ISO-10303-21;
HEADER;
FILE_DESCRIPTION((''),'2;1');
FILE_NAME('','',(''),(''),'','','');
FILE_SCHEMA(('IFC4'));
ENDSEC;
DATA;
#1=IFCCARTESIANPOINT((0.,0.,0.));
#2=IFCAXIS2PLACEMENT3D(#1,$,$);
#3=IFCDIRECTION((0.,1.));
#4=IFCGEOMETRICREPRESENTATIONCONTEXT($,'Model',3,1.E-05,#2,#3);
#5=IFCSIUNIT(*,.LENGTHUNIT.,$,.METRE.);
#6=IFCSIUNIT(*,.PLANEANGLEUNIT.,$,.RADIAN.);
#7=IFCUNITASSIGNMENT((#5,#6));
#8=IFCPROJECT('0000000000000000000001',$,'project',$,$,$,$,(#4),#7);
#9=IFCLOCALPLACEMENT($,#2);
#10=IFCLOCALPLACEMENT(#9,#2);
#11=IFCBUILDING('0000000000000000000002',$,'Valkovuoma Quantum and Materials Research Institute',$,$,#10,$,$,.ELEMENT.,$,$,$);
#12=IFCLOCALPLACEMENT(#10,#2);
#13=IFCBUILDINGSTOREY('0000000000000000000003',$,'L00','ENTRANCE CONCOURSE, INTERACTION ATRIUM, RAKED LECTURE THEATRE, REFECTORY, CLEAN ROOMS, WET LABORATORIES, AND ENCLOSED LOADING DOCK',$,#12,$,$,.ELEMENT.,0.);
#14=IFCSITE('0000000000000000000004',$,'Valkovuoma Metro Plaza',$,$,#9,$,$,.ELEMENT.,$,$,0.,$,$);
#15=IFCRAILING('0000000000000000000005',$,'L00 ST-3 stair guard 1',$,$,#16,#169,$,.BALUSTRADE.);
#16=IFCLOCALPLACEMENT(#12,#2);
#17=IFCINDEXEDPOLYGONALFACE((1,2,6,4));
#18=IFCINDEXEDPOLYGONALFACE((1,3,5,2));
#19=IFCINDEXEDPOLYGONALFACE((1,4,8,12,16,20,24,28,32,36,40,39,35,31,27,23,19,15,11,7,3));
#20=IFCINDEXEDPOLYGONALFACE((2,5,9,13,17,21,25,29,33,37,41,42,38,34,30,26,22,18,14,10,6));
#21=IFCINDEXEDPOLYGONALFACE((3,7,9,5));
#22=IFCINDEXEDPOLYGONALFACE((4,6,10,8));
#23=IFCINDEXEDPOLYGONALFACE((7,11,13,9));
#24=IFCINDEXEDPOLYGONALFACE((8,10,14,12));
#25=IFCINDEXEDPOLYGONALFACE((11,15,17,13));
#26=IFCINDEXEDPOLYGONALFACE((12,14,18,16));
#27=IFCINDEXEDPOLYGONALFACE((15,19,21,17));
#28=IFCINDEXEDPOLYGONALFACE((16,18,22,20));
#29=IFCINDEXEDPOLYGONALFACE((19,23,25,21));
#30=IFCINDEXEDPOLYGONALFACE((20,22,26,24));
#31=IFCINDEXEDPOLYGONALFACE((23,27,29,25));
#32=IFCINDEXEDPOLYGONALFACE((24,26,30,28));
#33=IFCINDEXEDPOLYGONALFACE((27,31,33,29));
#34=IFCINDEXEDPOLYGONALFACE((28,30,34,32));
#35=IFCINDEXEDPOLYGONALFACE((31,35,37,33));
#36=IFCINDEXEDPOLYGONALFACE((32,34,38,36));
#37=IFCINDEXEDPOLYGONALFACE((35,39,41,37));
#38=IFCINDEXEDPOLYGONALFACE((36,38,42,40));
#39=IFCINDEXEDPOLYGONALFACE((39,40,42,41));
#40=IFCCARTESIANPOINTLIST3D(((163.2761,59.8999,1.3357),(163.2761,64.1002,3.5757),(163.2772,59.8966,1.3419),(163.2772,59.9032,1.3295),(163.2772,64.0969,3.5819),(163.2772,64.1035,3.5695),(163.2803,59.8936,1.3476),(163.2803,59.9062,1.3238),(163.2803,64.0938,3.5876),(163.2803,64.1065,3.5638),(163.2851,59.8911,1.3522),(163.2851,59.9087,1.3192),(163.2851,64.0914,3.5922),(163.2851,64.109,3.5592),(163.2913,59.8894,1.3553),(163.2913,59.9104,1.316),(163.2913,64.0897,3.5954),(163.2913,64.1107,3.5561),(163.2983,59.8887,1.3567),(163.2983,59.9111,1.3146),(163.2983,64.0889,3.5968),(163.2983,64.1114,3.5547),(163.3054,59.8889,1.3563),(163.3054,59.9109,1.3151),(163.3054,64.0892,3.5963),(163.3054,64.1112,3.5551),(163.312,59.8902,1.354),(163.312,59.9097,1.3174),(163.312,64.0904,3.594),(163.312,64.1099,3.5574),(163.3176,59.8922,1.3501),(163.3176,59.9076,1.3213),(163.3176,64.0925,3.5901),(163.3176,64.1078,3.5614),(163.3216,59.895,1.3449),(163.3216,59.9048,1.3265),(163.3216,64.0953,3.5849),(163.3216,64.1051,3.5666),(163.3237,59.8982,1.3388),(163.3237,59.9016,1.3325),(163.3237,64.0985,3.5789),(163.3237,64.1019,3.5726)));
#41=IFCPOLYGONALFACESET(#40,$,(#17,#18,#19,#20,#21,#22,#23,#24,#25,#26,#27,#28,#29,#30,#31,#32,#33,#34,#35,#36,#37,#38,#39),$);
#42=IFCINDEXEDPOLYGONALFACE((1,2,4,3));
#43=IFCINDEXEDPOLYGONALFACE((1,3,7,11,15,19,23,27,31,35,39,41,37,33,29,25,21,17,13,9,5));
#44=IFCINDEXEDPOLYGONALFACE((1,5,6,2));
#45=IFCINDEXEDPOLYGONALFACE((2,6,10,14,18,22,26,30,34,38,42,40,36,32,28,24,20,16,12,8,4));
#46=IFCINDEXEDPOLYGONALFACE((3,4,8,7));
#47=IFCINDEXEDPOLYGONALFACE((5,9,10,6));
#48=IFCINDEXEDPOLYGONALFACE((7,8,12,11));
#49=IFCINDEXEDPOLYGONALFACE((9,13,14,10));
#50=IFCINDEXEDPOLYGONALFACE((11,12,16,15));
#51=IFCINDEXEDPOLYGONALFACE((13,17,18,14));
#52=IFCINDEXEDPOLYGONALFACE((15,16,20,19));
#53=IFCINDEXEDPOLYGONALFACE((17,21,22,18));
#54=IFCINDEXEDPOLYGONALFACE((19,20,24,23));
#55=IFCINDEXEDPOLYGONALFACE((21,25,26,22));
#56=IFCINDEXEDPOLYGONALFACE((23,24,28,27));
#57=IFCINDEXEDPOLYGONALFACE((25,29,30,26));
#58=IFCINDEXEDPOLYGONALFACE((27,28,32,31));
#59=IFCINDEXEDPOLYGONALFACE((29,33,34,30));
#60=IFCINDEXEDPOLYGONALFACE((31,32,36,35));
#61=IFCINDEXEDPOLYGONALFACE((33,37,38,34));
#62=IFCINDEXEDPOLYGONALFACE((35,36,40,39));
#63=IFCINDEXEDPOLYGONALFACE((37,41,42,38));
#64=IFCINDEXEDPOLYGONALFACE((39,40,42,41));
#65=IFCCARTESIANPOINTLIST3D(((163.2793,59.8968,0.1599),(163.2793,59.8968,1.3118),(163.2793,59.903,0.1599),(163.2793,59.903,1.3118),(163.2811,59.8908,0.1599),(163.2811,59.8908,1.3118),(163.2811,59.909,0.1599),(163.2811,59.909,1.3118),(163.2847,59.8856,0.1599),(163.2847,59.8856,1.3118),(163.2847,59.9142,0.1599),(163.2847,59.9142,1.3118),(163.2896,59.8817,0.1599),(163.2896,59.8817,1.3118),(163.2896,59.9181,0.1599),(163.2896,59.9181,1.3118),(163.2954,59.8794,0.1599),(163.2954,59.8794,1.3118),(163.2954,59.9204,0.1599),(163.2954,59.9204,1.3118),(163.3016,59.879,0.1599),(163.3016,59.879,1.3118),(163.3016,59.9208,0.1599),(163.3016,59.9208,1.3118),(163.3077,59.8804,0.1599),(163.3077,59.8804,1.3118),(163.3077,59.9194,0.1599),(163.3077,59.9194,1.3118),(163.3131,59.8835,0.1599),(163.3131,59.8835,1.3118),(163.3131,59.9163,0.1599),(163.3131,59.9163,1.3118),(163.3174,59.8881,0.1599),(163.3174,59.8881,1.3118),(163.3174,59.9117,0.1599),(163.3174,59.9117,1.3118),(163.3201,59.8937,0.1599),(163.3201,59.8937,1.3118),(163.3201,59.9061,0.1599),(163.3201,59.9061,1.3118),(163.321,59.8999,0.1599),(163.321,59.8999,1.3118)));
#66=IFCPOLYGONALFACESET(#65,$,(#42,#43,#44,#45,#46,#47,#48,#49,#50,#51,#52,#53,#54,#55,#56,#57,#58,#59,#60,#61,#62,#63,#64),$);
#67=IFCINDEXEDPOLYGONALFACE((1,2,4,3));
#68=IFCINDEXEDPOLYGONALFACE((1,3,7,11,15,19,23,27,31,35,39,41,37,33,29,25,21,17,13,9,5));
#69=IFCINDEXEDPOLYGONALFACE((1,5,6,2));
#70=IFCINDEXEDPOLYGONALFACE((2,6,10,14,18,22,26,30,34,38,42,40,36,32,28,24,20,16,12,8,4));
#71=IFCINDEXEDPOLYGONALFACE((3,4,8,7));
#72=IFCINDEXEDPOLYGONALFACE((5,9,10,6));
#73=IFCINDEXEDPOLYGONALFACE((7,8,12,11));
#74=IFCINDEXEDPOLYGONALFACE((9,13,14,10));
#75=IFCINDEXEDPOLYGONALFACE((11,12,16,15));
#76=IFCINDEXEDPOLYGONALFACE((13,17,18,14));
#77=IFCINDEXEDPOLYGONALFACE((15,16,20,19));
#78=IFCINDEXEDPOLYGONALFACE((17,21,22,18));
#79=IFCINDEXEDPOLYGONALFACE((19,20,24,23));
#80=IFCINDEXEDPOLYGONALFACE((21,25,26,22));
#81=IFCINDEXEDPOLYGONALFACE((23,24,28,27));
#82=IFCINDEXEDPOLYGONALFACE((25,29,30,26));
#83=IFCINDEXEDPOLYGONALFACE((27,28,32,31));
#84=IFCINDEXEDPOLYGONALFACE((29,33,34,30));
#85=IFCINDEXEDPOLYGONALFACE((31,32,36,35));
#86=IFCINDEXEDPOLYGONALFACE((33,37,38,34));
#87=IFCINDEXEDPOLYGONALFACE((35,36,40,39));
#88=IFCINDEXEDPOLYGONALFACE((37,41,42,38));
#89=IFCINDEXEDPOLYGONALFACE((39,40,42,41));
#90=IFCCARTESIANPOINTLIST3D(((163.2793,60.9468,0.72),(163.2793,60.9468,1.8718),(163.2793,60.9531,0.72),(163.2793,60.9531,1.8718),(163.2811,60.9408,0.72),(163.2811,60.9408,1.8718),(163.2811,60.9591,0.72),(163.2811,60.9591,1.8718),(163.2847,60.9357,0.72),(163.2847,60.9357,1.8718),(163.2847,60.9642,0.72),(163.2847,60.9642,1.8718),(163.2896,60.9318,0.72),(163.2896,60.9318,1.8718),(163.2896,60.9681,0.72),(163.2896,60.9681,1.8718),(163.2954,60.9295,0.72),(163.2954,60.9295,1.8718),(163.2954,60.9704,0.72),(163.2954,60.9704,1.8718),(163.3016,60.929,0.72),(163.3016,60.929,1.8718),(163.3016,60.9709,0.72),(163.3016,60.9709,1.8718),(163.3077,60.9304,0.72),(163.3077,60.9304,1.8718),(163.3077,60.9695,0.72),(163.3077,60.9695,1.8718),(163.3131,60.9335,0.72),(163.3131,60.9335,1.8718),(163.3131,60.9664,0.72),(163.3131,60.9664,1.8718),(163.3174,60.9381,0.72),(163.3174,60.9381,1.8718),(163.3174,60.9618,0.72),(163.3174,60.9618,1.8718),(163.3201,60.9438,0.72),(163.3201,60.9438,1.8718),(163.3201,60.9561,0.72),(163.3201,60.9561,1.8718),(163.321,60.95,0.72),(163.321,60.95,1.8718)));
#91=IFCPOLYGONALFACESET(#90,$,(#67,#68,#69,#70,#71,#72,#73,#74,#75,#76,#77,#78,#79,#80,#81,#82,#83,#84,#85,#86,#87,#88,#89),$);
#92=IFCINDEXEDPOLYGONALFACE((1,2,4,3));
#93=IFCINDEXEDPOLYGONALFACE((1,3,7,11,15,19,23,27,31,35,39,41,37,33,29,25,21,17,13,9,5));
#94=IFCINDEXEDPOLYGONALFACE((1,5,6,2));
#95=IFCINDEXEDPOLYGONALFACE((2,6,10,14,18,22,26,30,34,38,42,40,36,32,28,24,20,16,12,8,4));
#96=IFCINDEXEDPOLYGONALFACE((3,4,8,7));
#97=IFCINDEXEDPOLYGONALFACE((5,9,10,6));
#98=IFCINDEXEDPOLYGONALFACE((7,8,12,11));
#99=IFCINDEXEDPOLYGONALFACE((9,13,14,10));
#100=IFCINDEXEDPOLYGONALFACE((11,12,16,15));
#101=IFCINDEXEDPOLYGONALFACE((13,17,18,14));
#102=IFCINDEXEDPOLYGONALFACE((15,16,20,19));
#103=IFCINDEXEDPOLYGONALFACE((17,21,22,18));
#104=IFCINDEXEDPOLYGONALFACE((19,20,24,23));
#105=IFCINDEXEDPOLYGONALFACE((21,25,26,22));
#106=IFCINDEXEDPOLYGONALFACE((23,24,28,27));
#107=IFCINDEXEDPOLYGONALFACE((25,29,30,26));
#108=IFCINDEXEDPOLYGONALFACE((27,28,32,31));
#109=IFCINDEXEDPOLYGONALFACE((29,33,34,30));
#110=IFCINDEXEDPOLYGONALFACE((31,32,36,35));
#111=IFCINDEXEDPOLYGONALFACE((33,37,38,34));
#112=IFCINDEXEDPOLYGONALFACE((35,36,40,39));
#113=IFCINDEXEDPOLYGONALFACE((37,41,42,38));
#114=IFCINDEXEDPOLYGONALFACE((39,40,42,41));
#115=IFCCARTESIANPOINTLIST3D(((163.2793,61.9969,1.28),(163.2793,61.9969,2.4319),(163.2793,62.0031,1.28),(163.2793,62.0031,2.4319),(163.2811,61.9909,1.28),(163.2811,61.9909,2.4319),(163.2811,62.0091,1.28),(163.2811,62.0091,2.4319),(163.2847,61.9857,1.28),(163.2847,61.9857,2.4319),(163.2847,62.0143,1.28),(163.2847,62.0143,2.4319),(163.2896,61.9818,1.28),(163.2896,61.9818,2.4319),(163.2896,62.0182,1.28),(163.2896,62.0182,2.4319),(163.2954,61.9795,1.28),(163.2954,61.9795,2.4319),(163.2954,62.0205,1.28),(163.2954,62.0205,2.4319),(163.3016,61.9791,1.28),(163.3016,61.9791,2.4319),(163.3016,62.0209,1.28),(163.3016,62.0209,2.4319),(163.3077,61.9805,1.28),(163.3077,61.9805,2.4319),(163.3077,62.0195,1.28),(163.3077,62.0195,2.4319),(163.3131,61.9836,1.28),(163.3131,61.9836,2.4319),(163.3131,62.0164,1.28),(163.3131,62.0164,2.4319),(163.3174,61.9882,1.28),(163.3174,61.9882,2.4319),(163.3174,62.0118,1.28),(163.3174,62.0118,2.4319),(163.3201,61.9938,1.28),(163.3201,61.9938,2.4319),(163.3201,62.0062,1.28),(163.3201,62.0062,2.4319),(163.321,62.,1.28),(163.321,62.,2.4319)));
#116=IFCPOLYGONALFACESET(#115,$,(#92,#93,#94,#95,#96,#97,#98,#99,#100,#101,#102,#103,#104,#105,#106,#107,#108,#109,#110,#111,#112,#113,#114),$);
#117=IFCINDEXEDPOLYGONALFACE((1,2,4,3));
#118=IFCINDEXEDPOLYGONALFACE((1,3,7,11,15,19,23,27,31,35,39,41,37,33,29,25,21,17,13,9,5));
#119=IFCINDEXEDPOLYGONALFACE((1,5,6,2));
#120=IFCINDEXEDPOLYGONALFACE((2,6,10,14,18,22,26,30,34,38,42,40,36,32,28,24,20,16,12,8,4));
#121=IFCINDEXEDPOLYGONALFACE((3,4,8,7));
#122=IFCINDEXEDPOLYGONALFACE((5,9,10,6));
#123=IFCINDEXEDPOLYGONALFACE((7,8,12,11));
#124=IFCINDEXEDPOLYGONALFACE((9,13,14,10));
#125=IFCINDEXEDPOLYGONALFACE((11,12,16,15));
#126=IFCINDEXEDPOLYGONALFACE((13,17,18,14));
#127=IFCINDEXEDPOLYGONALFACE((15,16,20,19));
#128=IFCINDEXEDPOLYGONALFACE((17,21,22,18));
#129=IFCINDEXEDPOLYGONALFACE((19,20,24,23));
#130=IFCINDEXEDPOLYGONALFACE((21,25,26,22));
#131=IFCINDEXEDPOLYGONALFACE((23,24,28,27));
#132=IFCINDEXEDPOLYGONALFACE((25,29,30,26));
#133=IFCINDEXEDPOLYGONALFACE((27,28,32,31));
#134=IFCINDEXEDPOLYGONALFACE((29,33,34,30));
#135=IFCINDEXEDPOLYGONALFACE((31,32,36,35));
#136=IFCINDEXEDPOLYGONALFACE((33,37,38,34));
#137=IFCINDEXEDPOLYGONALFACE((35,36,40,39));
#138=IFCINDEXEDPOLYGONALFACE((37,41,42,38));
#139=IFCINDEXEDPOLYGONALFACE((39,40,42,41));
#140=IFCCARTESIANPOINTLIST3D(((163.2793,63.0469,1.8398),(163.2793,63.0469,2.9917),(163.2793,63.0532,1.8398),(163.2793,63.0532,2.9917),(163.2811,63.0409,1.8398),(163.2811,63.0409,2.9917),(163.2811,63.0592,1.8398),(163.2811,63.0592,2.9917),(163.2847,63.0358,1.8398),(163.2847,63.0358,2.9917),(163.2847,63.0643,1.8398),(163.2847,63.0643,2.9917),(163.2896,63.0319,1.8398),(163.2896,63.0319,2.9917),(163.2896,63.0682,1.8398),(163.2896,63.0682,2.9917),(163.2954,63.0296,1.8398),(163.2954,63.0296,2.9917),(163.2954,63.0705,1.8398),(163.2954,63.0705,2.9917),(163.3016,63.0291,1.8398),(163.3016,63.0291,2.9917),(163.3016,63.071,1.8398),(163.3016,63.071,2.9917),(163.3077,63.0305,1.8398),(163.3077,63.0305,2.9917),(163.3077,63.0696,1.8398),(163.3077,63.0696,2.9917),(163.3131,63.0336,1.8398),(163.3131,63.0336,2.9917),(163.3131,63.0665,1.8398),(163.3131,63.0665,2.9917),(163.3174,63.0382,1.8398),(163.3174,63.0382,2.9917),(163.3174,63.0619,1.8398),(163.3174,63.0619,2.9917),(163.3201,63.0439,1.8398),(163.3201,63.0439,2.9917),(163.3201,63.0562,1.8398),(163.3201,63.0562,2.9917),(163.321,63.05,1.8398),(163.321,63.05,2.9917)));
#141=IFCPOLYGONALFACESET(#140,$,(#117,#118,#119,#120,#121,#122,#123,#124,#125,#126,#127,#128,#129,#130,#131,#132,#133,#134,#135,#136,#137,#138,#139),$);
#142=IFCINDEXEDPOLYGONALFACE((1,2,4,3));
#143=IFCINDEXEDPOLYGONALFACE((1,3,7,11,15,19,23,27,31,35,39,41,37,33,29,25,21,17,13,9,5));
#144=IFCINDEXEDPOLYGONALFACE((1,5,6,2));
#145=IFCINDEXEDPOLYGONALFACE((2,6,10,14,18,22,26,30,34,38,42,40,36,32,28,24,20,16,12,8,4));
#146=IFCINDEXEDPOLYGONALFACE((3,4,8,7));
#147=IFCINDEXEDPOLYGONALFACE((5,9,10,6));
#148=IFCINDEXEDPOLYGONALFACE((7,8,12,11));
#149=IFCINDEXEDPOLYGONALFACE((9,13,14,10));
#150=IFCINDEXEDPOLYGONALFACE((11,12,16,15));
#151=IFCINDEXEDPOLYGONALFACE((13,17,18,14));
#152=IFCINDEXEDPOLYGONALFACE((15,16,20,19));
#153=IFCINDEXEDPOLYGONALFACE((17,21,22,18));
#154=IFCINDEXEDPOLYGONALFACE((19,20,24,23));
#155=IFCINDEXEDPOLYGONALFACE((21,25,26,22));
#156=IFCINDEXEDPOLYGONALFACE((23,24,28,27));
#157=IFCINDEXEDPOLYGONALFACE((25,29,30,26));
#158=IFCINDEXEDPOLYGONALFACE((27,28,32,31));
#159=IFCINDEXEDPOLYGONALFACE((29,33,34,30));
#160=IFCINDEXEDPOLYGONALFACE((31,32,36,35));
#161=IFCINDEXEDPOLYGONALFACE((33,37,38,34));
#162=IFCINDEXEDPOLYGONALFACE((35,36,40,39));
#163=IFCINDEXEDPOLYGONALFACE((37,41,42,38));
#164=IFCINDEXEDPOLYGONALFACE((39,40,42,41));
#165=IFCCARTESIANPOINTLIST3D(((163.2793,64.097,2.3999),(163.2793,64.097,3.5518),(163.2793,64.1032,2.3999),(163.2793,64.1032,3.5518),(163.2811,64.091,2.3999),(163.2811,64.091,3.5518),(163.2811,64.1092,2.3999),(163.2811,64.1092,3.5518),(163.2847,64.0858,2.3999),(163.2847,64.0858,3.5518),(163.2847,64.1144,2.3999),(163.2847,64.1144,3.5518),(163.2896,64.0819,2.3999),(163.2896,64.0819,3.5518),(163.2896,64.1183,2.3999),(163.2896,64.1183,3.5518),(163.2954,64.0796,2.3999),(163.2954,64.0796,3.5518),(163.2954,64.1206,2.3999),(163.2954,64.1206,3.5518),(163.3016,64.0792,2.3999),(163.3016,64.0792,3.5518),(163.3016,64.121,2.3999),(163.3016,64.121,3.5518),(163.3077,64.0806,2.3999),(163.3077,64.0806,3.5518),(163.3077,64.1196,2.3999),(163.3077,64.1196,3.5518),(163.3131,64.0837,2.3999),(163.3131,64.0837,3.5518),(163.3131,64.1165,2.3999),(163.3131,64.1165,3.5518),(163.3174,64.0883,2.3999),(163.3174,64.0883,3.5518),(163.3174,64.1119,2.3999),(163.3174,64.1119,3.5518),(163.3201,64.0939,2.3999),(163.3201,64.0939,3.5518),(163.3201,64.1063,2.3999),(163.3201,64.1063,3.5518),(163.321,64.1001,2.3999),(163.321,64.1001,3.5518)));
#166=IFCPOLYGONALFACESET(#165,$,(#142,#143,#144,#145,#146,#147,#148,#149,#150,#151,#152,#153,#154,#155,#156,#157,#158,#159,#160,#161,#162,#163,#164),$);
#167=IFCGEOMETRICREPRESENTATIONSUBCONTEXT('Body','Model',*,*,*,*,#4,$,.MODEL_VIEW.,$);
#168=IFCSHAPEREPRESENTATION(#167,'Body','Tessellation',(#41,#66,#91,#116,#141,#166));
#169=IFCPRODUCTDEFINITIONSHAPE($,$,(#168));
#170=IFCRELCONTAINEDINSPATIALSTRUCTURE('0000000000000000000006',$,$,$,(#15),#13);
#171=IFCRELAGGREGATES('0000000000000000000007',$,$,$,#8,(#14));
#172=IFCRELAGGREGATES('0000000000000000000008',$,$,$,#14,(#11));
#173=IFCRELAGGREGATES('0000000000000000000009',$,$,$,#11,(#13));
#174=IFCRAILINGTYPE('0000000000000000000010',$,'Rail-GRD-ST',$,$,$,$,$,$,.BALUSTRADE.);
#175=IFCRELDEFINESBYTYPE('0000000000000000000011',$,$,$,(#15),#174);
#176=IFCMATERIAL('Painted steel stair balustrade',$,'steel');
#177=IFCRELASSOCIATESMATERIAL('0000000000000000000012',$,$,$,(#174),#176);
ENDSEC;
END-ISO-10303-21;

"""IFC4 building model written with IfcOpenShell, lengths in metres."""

from ifc_helpers import new_model, si_unit, direction, frame, origin, origin_2d, place, context, subcontext, project, spatial, circle, extrude, material, type_object, element, save


model = new_model("IFC4")

# Units and contexts
model_context = context("Model", 3, precision=1e-05, world=origin(), true_north=direction((0.0, 1.0)))
body_context = subcontext(model_context, "Body", "Model", "MODEL_VIEW")
ifc_project = project(units=[si_unit("LENGTHUNIT", "METRE"), si_unit("PLANEANGLEUNIT", "RADIAN")], contexts=[model_context])

# Site, building, storey
site_placement = place(None, origin())
site = spatial("IfcSite", under=ifc_project, at=site_placement, Name="Valkovuoma Metro Plaza", CompositionType="ELEMENT", RefElevation=0.0)
building_placement = place(site_placement, origin())
building = spatial("IfcBuilding", under=site, at=building_placement, Name="Valkovuoma Quantum and Materials Research Institute", CompositionType="ELEMENT")
storey_placement = place(building_placement, origin())
storey = spatial("IfcBuildingStorey", under=building, at=storey_placement, Name="L00", Description="ENTRANCE CONCOURSE, INTERACTION ATRIUM, RAKED LECTURE THEATRE, REFECTORY, CLEAN ROOMS, WET LABORATORIES, AND ENCLOSED LOADING DOCK", CompositionType="ELEMENT", Elevation=0.0)

# Railing
ifc_material_1 = material(Name="Painted steel stair balustrade", Category="steel")
railing_type = type_object("IfcRailingType", Name="Rail-GRD-ST", PredefinedType="BALUSTRADE", material=ifc_material_1)
railing_1_placement = place(storey_placement, frame((163.3, 59.8999, 0.1599)))
element("IfcRailing", 1, at=railing_1_placement, inside=storey, type_object=railing_type, Name="L00 ST-3 stair guard 1", PredefinedType="BALUSTRADE", context=body_context, shape_type="SweptSolid", body=[
    extrude(circle(Radius=0.0239, at=origin_2d()), frame((0.0, 0.0, 1.1758), z_axis=(0.0, 0.882363, 0.47057), x_axis=(-1.0, 0.0, 0.0)), (0.0, 0.0, 1.0), 4.7603),
    extrude(circle(Radius=0.021, at=origin_2d()), origin(), (0.0, 0.0, 1.0), 1.1519),
    extrude(circle(Radius=0.021, at=origin_2d()), frame((0.0, 1.05, 0.5601)), (0.0, 0.0, 1.0), 1.1519),
    extrude(circle(Radius=0.021, at=origin_2d()), frame((0.0, 2.1001, 1.1201)), (0.0, 0.0, 1.0), 1.1519),
    extrude(circle(Radius=0.021, at=origin_2d()), frame((0.0, 3.1501, 1.6799)), (0.0, 0.0, 1.0), 1.1519),
    extrude(circle(Radius=0.021, at=origin_2d()), frame((0.0, 4.2002, 2.24)), (0.0, 0.0, 1.0), 1.1519),
])

save(model, "model.ifc")
